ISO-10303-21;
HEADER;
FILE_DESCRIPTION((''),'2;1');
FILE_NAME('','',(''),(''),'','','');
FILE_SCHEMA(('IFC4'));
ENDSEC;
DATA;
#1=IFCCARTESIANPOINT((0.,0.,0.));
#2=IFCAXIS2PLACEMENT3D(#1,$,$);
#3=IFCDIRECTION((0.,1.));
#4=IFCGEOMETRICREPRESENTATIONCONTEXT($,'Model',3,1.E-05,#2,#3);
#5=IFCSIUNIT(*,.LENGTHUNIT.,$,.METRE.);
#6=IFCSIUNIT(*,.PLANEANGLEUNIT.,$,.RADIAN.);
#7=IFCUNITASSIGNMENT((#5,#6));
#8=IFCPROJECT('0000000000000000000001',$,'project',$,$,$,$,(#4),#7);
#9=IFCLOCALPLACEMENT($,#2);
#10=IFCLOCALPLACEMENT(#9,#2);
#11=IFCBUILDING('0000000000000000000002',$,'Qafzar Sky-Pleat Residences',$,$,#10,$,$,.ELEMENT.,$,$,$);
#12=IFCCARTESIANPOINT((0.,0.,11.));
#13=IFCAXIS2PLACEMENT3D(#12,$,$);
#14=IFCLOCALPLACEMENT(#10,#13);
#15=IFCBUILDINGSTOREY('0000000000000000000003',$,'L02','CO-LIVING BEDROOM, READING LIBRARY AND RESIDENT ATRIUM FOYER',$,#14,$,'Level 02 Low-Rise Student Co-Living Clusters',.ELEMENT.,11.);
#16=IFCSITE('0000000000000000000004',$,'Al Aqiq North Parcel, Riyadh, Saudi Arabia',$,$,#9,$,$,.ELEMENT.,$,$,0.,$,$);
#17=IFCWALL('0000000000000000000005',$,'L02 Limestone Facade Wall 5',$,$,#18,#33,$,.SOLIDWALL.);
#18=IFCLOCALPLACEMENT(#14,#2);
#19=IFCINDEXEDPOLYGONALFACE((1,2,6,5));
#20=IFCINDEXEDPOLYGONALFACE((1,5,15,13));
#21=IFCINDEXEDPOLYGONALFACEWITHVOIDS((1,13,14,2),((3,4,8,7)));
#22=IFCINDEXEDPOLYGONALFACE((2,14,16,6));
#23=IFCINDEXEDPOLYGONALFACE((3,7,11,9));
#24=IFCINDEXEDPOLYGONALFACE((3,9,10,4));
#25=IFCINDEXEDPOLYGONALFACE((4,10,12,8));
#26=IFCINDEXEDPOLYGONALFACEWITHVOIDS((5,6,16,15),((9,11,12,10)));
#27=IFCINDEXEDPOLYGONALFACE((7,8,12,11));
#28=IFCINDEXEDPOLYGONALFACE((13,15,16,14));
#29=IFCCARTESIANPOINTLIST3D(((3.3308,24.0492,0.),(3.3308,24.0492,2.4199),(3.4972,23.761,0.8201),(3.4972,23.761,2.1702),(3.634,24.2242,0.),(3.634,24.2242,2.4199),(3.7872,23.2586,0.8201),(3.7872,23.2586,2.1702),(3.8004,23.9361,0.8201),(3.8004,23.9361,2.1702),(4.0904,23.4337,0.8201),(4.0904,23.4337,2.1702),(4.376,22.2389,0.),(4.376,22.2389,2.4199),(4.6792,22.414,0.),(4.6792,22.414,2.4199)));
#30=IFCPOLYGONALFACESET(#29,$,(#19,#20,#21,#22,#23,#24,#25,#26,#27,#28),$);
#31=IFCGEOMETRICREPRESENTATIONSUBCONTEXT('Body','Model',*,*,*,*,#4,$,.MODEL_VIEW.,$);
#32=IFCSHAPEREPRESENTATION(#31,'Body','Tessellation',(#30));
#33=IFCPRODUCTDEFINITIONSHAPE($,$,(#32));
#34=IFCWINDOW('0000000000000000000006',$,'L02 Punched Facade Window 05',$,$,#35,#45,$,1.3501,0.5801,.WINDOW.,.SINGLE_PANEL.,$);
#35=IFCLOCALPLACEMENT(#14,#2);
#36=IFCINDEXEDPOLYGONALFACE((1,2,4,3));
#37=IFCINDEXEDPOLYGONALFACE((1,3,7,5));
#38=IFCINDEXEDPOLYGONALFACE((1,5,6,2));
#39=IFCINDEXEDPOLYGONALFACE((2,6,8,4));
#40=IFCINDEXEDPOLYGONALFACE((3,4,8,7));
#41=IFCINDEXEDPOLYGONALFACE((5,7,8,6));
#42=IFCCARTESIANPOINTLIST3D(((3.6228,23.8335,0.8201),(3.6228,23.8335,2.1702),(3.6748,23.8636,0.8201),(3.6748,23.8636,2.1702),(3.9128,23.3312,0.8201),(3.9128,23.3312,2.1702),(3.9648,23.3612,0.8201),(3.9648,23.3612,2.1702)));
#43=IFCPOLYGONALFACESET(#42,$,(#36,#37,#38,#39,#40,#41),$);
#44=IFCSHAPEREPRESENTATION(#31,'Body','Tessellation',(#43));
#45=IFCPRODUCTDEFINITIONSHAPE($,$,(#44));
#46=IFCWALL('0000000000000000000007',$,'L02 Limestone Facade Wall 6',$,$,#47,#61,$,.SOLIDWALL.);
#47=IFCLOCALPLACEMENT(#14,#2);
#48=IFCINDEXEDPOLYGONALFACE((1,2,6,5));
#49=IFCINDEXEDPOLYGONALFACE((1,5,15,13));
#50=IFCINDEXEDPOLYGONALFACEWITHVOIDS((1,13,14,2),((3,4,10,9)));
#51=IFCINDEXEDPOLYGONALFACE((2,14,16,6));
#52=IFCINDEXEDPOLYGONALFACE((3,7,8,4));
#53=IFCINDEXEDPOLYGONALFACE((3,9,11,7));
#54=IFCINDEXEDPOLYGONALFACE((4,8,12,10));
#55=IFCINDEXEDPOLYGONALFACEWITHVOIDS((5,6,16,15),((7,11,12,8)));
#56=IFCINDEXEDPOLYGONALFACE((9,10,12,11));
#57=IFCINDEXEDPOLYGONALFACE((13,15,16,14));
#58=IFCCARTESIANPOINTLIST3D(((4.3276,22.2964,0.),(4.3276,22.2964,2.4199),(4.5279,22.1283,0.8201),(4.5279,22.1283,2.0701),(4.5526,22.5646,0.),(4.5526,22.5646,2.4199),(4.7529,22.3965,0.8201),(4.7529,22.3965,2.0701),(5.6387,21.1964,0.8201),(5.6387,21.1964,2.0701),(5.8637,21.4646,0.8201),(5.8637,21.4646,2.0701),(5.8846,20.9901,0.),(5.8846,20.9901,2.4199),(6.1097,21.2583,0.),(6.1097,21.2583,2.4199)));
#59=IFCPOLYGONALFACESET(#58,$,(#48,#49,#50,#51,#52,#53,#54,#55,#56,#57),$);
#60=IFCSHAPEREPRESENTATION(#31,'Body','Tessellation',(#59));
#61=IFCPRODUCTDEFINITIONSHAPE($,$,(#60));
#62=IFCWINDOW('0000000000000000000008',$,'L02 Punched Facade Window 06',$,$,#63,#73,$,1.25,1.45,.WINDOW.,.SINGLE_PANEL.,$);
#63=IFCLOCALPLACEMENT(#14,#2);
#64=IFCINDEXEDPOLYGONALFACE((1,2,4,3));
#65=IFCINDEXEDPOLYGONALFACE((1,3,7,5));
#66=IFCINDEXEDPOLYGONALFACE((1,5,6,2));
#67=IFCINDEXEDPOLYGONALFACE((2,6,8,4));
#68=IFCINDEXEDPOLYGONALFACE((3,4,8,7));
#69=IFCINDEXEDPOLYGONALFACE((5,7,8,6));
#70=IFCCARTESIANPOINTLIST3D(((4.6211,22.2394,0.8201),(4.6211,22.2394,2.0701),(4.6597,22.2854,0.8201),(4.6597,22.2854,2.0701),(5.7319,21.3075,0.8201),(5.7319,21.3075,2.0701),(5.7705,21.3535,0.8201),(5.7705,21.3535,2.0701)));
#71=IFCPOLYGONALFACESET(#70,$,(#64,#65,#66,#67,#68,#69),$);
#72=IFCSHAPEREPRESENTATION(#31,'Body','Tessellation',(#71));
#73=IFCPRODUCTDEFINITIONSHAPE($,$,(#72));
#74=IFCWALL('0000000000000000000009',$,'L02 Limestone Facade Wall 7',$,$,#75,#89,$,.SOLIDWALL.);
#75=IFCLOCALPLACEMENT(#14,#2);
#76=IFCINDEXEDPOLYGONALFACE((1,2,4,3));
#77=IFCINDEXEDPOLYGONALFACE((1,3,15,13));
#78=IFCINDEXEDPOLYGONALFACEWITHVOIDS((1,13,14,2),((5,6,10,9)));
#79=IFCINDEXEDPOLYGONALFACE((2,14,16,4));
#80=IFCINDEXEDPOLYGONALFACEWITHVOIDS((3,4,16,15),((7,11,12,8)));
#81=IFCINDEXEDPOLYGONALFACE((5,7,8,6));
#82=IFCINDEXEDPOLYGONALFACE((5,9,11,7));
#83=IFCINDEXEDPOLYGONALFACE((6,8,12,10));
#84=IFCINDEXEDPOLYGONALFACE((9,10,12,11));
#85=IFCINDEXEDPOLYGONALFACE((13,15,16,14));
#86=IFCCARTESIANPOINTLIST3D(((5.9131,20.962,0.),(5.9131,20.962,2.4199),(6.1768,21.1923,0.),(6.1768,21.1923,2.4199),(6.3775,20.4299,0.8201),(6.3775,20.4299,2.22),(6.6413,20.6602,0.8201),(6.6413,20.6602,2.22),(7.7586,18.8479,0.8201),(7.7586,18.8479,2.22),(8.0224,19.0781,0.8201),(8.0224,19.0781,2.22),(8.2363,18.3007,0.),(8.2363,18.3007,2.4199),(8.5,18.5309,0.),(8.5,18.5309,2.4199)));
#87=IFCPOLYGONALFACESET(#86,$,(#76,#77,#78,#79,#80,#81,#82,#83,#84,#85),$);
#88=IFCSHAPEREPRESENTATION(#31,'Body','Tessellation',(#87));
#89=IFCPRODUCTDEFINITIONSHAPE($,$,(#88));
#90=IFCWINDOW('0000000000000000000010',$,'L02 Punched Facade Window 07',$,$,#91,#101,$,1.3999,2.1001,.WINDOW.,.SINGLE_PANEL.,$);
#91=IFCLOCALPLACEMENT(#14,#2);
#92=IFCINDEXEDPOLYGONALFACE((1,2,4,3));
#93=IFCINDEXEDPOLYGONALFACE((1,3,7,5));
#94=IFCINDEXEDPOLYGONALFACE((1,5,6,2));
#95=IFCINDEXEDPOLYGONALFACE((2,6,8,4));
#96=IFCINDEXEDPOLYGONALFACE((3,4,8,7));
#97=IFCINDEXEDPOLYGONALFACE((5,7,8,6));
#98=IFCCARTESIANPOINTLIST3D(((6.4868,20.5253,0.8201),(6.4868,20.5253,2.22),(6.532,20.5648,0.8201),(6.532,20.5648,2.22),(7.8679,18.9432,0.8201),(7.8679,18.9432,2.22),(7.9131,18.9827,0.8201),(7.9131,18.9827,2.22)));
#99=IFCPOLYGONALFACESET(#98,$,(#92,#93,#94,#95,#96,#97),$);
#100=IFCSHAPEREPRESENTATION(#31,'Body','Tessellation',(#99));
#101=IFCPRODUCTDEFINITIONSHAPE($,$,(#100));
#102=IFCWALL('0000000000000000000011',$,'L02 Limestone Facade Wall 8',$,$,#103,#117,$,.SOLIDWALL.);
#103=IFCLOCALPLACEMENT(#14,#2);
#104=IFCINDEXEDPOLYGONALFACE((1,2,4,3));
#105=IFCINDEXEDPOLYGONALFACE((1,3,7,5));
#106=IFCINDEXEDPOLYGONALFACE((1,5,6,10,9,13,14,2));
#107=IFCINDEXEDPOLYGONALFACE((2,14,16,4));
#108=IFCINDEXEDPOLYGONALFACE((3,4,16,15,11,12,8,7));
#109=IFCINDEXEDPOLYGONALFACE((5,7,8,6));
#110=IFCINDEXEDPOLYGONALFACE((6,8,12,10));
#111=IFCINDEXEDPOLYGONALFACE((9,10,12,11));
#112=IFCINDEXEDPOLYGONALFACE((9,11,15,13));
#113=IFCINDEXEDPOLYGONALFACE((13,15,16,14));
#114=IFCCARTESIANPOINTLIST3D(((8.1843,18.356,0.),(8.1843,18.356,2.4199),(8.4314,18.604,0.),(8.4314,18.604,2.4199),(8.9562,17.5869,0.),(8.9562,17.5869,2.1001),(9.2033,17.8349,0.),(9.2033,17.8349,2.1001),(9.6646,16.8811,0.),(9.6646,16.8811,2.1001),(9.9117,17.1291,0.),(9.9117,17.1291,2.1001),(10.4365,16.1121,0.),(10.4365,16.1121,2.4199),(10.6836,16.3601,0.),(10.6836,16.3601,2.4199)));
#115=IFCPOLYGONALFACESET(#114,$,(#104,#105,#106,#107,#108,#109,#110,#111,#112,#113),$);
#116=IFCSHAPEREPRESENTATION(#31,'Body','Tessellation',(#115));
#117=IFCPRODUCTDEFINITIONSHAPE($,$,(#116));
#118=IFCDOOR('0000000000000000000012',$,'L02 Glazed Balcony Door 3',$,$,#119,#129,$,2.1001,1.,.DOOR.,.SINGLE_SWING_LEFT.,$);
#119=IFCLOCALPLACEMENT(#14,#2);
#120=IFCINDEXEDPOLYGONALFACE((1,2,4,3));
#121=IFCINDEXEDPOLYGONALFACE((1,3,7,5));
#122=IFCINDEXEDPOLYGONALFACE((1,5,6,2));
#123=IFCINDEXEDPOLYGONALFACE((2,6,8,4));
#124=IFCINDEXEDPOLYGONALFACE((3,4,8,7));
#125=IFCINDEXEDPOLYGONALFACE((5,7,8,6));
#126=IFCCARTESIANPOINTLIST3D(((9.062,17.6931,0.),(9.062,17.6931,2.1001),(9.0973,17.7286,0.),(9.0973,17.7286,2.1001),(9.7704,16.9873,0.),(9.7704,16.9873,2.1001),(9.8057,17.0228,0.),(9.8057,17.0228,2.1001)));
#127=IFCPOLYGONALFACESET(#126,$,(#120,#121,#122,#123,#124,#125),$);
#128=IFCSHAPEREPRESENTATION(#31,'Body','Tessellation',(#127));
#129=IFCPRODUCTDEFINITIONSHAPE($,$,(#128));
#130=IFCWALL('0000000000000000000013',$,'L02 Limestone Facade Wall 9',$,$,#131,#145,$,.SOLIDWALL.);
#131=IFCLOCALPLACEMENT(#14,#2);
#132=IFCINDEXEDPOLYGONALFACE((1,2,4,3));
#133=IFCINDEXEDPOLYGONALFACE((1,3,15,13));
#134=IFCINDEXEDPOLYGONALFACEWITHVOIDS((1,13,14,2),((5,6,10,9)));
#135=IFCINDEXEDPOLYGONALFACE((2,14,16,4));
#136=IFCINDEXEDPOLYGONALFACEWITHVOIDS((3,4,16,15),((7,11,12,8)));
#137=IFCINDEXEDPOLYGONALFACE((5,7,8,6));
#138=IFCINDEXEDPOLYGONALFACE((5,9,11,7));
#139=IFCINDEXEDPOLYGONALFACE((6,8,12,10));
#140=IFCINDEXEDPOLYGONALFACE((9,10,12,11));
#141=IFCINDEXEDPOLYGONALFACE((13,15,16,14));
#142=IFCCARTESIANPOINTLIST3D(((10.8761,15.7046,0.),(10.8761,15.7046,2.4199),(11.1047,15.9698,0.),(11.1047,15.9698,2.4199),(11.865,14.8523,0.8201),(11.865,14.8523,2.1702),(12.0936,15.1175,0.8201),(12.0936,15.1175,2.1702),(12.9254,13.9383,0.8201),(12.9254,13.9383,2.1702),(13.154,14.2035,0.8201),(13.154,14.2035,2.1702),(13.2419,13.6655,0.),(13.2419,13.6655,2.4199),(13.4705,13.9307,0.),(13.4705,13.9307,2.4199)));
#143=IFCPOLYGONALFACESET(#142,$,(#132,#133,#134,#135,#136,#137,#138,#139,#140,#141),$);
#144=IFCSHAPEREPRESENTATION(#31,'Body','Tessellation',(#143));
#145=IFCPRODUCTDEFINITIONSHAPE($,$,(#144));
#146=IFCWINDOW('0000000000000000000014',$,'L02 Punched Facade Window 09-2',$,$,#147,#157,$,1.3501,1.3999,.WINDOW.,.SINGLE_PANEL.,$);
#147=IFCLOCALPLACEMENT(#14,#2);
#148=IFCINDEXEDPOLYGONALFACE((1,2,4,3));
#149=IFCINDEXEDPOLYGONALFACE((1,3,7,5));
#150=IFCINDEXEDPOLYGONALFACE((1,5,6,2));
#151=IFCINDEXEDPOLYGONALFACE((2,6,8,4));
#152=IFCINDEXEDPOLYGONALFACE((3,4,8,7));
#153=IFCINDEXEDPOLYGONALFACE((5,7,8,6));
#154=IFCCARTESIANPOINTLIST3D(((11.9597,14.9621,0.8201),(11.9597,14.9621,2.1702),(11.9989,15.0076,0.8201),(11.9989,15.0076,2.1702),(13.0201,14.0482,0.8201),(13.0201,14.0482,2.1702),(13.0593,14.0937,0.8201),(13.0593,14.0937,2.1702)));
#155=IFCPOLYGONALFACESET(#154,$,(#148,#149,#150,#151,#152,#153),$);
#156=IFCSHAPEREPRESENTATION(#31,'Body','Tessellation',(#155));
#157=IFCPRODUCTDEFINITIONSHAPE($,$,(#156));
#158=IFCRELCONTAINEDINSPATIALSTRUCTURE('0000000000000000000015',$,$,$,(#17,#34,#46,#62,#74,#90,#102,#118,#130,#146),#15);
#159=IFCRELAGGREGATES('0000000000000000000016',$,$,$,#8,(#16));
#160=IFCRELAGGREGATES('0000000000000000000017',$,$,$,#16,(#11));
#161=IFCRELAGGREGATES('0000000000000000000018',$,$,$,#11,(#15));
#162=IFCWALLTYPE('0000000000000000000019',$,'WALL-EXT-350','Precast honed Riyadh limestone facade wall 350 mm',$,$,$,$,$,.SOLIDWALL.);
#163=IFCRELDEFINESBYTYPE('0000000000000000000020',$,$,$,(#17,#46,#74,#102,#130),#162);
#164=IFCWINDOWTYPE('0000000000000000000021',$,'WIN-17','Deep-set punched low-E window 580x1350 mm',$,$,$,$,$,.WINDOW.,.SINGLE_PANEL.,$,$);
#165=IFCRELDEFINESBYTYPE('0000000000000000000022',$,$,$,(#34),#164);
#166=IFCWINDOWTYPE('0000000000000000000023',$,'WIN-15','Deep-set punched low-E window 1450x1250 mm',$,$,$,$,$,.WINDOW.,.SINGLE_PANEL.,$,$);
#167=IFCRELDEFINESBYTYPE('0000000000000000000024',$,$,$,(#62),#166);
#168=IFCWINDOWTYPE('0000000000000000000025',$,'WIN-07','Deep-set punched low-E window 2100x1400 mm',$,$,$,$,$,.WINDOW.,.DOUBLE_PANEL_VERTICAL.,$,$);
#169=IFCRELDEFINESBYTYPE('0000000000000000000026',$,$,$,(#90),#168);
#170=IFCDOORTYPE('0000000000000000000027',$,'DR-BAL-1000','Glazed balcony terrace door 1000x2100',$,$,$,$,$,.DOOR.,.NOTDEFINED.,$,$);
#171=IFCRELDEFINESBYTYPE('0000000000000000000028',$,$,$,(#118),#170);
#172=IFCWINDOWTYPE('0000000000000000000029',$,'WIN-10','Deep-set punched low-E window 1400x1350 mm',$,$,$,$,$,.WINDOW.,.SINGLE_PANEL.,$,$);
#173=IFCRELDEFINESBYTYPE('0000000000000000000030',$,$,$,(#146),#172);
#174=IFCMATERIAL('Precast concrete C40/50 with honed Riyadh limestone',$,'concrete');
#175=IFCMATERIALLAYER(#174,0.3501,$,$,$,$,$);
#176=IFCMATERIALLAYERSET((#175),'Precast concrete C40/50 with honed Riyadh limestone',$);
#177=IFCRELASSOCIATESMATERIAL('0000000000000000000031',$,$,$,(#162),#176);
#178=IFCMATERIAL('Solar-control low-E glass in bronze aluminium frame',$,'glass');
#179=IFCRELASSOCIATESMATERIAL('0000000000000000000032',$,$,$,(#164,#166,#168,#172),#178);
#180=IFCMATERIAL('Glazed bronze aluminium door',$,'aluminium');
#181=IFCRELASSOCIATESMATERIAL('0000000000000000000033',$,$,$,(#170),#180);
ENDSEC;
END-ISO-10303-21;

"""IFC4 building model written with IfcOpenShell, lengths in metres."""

from ifc_helpers import new_model, si_unit, direction, frame, frame_2d, origin, place, context, subcontext, project, spatial, rectangle, extrude, source, transform, mapped, material, layer, layer_set, type_object, element, fill, save


model = new_model("IFC4")

# Units and contexts
model_context = context("Model", 3, precision=1e-05, world=origin(), true_north=direction((0.0, 1.0)))
body_context = subcontext(model_context, "Body", "Model", "MODEL_VIEW")
ifc_project = project(units=[si_unit("LENGTHUNIT", "METRE"), si_unit("PLANEANGLEUNIT", "RADIAN")], contexts=[model_context])

# Site, building, storey
site_placement = place(None, origin())
site = spatial("IfcSite", under=ifc_project, at=site_placement, Name="Al Aqiq North Parcel, Riyadh, Saudi Arabia", CompositionType="ELEMENT", RefElevation=0.0)
building_placement = place(site_placement, origin())
building = spatial("IfcBuilding", under=site, at=building_placement, Name="Qafzar Sky-Pleat Residences", CompositionType="ELEMENT")
storey_placement = place(building_placement, frame((0.0, 0.0, 11.0)))
storey = spatial("IfcBuildingStorey", under=building, at=storey_placement, Name="L02", Description="CO-LIVING BEDROOM, READING LIBRARY AND RESIDENT ATRIUM FOYER", LongName="Level 02 Low-Rise Student Co-Living Clusters", CompositionType="ELEMENT", Elevation=11.0)

# Walls, openings, windows
ifc_material_1 = material(Name="Precast concrete C40/50 with honed Riyadh limestone", Category="concrete")
ifc_layer_1 = layer(ifc_material_1, 0.3501)
ifc_layer_set_1 = layer_set([ifc_layer_1], Name="Precast concrete C40/50 with honed Riyadh limestone")
wall_type_1 = type_object("IfcWallType", Name="WALL-EXT-350", Description="Precast honed Riyadh limestone facade wall 350 mm", PredefinedType="SOLIDWALL", material=ifc_layer_set_1)
wall_1_placement = place(storey_placement, frame((3.4824, 24.1367, 0.0), z_axis=(0.0, 0.0, 1.0), x_axis=(0.499995, -0.866028, 0.0)))
wall_1 = element("IfcWall", 1, at=wall_1_placement, inside=storey, type_object=wall_type_1, Name="L02 Limestone Facade Wall 5", PredefinedType="SOLIDWALL", context=body_context, shape_type="SweptSolid", body=[
    extrude(rectangle(XDim=2.0903, YDim=0.3501, at=frame_2d((1.0452, 0.0))), origin(), (0.0, 0.0, 1.0), 2.4199),
])
opening_1_placement = place(wall_1_placement, frame((0.3328, 0.0, 0.8201)))
opening_1 = element("IfcOpeningElement", 2, at=opening_1_placement, cuts=wall_1, PredefinedType="OPENING", context=body_context, shape_type="SweptSolid", body=[
    extrude(rectangle(XDim=0.5801, YDim=1.3501, at=frame_2d((0.29, 0.675))), frame((0.0, 0.1851, 0.0), z_axis=(0.0, -1.0, 0.0), x_axis=(1.0, 0.0, 0.0)), (0.0, 0.0, 1.0), 0.3701),
])
ifc_material_2 = material(Name="Solar-control low-E glass in bronze aluminium frame", Category="glass")
window_type_1 = type_object("IfcWindowType", Name="WIN-17", Description="Deep-set punched low-E window 580x1350 mm", PartitioningType="SINGLE_PANEL", PredefinedType="WINDOW", material=ifc_material_2)
shared_shape_1 = source(origin(), body_context, "Body", "SweptSolid", [
    extrude(rectangle(XDim=0.5801, YDim=1.3501, at=frame_2d((0.29, 0.675))), frame((0.0, 0.03, 0.0), z_axis=(0.0, -1.0, 0.0), x_axis=(1.0, 0.0, 0.0)), (0.0, 0.0, 1.0), 0.0601),
])
window_1_placement = place(opening_1_placement, origin())
window_1 = element("IfcWindow", 3, at=window_1_placement, inside=storey, type_object=window_type_1, Name="L02 Punched Facade Window 05", OverallHeight=1.3501, OverallWidth=0.5801, PartitioningType="SINGLE_PANEL", PredefinedType="WINDOW", context=body_context, shape_type="MappedRepresentation", body=[
    mapped(shared_shape_1, transform((0.0, 0.0, 0.0), x_axis=(1.0, 0.0, 0.0), y_axis=(0.0, 1.0, 0.0), z_axis=(0.0, 0.0, 1.0), scale=1.0)),
])
fill(opening_1, window_1)
wall_2_placement = place(storey_placement, frame((4.4402, 22.4304, 0.0), z_axis=(0.0, 0.0, 1.0), x_axis=(0.76609, -0.642733, 0.0)))
wall_2 = element("IfcWall", 4, at=wall_2_placement, inside=storey, type_object=wall_type_1, Name="L02 Limestone Facade Wall 6", PredefinedType="SOLIDWALL", context=body_context, shape_type="SweptSolid", body=[
    extrude(rectangle(XDim=2.0325, YDim=0.3501, at=frame_2d((1.0161, 0.0))), origin(), (0.0, 0.0, 1.0), 2.4199),
])
opening_2_placement = place(wall_2_placement, frame((0.2612, 0.0, 0.8201)))
opening_2 = element("IfcOpeningElement", 5, at=opening_2_placement, cuts=wall_2, PredefinedType="OPENING", context=body_context, shape_type="SweptSolid", body=[
    extrude(rectangle(XDim=1.45, YDim=1.25, at=frame_2d((0.7251, 0.625))), frame((0.0, 0.1851, 0.0), z_axis=(0.0, -1.0, 0.0), x_axis=(1.0, 0.0, 0.0)), (0.0, 0.0, 1.0), 0.3701),
])
window_type_2 = type_object("IfcWindowType", Name="WIN-15", Description="Deep-set punched low-E window 1450x1250 mm", PartitioningType="SINGLE_PANEL", PredefinedType="WINDOW", material=ifc_material_2)
shared_shape_2 = source(origin(), body_context, "Body", "SweptSolid", [
    extrude(rectangle(XDim=1.45, YDim=1.25, at=frame_2d((0.7251, 0.625))), frame((0.0, 0.03, 0.0), z_axis=(0.0, -1.0, 0.0), x_axis=(1.0, 0.0, 0.0)), (0.0, 0.0, 1.0), 0.0601),
])
window_2_placement = place(opening_2_placement, origin())
window_2 = element("IfcWindow", 6, at=window_2_placement, inside=storey, type_object=window_type_2, Name="L02 Punched Facade Window 06", OverallHeight=1.25, OverallWidth=1.45, PartitioningType="SINGLE_PANEL", PredefinedType="WINDOW", context=body_context, shape_type="MappedRepresentation", body=[
    mapped(shared_shape_2, transform((0.0, 0.0, 0.0), x_axis=(1.0, 0.0, 0.0), y_axis=(0.0, 1.0, 0.0), z_axis=(0.0, 0.0, 1.0), scale=1.0)),
])
fill(opening_2, window_2)
wall_3_placement = place(storey_placement, frame((6.0449, 21.0771, 0.0), z_axis=(0.0, 0.0, 1.0), x_axis=(0.657628, -0.753342, 0.0)))
wall_3 = element("IfcWall", 7, at=wall_3_placement, inside=storey, type_object=wall_type_1, Name="L02 Limestone Facade Wall 7", PredefinedType="SOLIDWALL", context=body_context, shape_type="SweptSolid", body=[
    extrude(rectangle(XDim=3.5327, YDim=0.3501, at=frame_2d((1.7664, 0.0))), origin(), (0.0, 0.0, 1.0), 2.4199),
])
opening_3_placement = place(wall_3_placement, frame((0.7063, 0.0, 0.8201)))
opening_3 = element("IfcOpeningElement", 8, at=opening_3_placement, cuts=wall_3, PredefinedType="OPENING", context=body_context, shape_type="SweptSolid", body=[
    extrude(rectangle(XDim=2.1001, YDim=1.3999, at=frame_2d((1.05, 0.7))), frame((0.0, 0.1851, 0.0), z_axis=(0.0, -1.0, 0.0), x_axis=(1.0, 0.0, 0.0)), (0.0, 0.0, 1.0), 0.3701),
])
window_type_3 = type_object("IfcWindowType", Name="WIN-07", Description="Deep-set punched low-E window 2100x1400 mm", PartitioningType="DOUBLE_PANEL_VERTICAL", PredefinedType="WINDOW", material=ifc_material_2)
shared_shape_3 = source(origin(), body_context, "Body", "SweptSolid", [
    extrude(rectangle(XDim=2.1001, YDim=1.3999, at=frame_2d((1.05, 0.7))), frame((0.0, 0.03, 0.0), z_axis=(0.0, -1.0, 0.0), x_axis=(1.0, 0.0, 0.0)), (0.0, 0.0, 1.0), 0.0601),
])
window_3_placement = place(opening_3_placement, origin())
window_3 = element("IfcWindow", 9, at=window_3_placement, inside=storey, type_object=window_type_3, Name="L02 Punched Facade Window 07", OverallHeight=1.3999, OverallWidth=2.1001, PartitioningType="SINGLE_PANEL", PredefinedType="WINDOW", context=body_context, shape_type="MappedRepresentation", body=[
    mapped(shared_shape_3, transform((0.0, 0.0, 0.0), x_axis=(1.0, 0.0, 0.0), y_axis=(0.0, 1.0, 0.0), z_axis=(0.0, 0.0, 1.0), scale=1.0)),
])
fill(opening_3, window_3)

# Wall, opening, door
wall_4_placement = place(storey_placement, frame((8.3079, 18.48, 0.0), z_axis=(0.0, 0.0, 1.0), x_axis=(0.708411, -0.7058, 0.0)))
wall_4 = element("IfcWall", 10, at=wall_4_placement, inside=storey, type_object=wall_type_1, Name="L02 Limestone Facade Wall 8", PredefinedType="SOLIDWALL", context=body_context, shape_type="SweptSolid", body=[
    extrude(rectangle(XDim=3.1792, YDim=0.3501, at=frame_2d((1.5896, 0.0))), origin(), (0.0, 0.0, 1.0), 2.4199),
])
opening_4_placement = place(wall_4_placement, frame((1.0896, 0.0, 0.0)))
opening_4 = element("IfcOpeningElement", 11, at=opening_4_placement, cuts=wall_4, PredefinedType="OPENING", context=body_context, shape_type="SweptSolid", body=[
    extrude(rectangle(XDim=1.0, YDim=2.1001, at=frame_2d((0.5, 1.05))), frame((0.0, 0.1851, 0.0), z_axis=(0.0, -1.0, 0.0), x_axis=(1.0, 0.0, 0.0)), (0.0, 0.0, 1.0), 0.3701),
])
ifc_material_3 = material(Name="Glazed bronze aluminium door", Category="aluminium")
door_type = type_object("IfcDoorType", Name="DR-BAL-1000", Description="Glazed balcony terrace door 1000x2100", OperationType="NOTDEFINED", PredefinedType="DOOR", material=ifc_material_3)
shared_shape_4 = source(origin(), body_context, "Body", "SweptSolid", [
    extrude(rectangle(XDim=1.0, YDim=2.1001, at=frame_2d((0.5, 1.05))), frame((0.0, 0.0249, 0.0), z_axis=(0.0, -1.0, 0.0), x_axis=(1.0, 0.0, 0.0)), (0.0, 0.0, 1.0), 0.05),
])
door_placement = place(opening_4_placement, origin())
door = element("IfcDoor", 12, at=door_placement, inside=storey, type_object=door_type, Name="L02 Glazed Balcony Door 3", OperationType="SINGLE_SWING_LEFT", OverallHeight=2.1001, OverallWidth=1.0, PredefinedType="DOOR", context=body_context, shape_type="MappedRepresentation", body=[
    mapped(shared_shape_4, transform((0.0, 0.0, 0.0), x_axis=(1.0, 0.0, 0.0), y_axis=(0.0, 1.0, 0.0), z_axis=(0.0, 0.0, 1.0), scale=1.0)),
])
fill(opening_4, door)

# Wall, opening, window
wall_5_placement = place(storey_placement, frame((10.9905, 15.8372, 0.0), z_axis=(0.0, 0.0, 1.0), x_axis=(0.757466, -0.652875, 0.0)))
wall_5 = element("IfcWall", 13, at=wall_5_placement, inside=storey, type_object=wall_type_1, Name="L02 Limestone Facade Wall 9", PredefinedType="SOLIDWALL", context=body_context, shape_type="SweptSolid", body=[
    extrude(rectangle(XDim=3.1233, YDim=0.3501, at=frame_2d((1.5615, 0.0))), origin(), (0.0, 0.0, 1.0), 2.4199),
])
opening_5_placement = place(wall_5_placement, frame((1.3054, 0.0, 0.8201)))
opening_5 = element("IfcOpeningElement", 14, at=opening_5_placement, cuts=wall_5, PredefinedType="OPENING", context=body_context, shape_type="SweptSolid", body=[
    extrude(rectangle(XDim=1.3999, YDim=1.3501, at=frame_2d((0.7, 0.675))), frame((0.0, 0.1851, 0.0), z_axis=(0.0, -1.0, 0.0), x_axis=(1.0, 0.0, 0.0)), (0.0, 0.0, 1.0), 0.3701),
])
window_type_4 = type_object("IfcWindowType", Name="WIN-10", Description="Deep-set punched low-E window 1400x1350 mm", PartitioningType="SINGLE_PANEL", PredefinedType="WINDOW", material=ifc_material_2)
shared_shape_5 = source(origin(), body_context, "Body", "SweptSolid", [
    extrude(rectangle(XDim=1.3999, YDim=1.3501, at=frame_2d((0.7, 0.675))), frame((0.0, 0.03, 0.0), z_axis=(0.0, -1.0, 0.0), x_axis=(1.0, 0.0, 0.0)), (0.0, 0.0, 1.0), 0.0601),
])
window_4_placement = place(opening_5_placement, origin())
window_4 = element("IfcWindow", 15, at=window_4_placement, inside=storey, type_object=window_type_4, Name="L02 Punched Facade Window 09-2", OverallHeight=1.3501, OverallWidth=1.3999, PartitioningType="SINGLE_PANEL", PredefinedType="WINDOW", context=body_context, shape_type="MappedRepresentation", body=[
    mapped(shared_shape_5, transform((0.0, 0.0, 0.0), x_axis=(1.0, 0.0, 0.0), y_axis=(0.0, 1.0, 0.0), z_axis=(0.0, 0.0, 1.0), scale=1.0)),
])
fill(opening_5, window_4)

save(model, "model.ifc")
